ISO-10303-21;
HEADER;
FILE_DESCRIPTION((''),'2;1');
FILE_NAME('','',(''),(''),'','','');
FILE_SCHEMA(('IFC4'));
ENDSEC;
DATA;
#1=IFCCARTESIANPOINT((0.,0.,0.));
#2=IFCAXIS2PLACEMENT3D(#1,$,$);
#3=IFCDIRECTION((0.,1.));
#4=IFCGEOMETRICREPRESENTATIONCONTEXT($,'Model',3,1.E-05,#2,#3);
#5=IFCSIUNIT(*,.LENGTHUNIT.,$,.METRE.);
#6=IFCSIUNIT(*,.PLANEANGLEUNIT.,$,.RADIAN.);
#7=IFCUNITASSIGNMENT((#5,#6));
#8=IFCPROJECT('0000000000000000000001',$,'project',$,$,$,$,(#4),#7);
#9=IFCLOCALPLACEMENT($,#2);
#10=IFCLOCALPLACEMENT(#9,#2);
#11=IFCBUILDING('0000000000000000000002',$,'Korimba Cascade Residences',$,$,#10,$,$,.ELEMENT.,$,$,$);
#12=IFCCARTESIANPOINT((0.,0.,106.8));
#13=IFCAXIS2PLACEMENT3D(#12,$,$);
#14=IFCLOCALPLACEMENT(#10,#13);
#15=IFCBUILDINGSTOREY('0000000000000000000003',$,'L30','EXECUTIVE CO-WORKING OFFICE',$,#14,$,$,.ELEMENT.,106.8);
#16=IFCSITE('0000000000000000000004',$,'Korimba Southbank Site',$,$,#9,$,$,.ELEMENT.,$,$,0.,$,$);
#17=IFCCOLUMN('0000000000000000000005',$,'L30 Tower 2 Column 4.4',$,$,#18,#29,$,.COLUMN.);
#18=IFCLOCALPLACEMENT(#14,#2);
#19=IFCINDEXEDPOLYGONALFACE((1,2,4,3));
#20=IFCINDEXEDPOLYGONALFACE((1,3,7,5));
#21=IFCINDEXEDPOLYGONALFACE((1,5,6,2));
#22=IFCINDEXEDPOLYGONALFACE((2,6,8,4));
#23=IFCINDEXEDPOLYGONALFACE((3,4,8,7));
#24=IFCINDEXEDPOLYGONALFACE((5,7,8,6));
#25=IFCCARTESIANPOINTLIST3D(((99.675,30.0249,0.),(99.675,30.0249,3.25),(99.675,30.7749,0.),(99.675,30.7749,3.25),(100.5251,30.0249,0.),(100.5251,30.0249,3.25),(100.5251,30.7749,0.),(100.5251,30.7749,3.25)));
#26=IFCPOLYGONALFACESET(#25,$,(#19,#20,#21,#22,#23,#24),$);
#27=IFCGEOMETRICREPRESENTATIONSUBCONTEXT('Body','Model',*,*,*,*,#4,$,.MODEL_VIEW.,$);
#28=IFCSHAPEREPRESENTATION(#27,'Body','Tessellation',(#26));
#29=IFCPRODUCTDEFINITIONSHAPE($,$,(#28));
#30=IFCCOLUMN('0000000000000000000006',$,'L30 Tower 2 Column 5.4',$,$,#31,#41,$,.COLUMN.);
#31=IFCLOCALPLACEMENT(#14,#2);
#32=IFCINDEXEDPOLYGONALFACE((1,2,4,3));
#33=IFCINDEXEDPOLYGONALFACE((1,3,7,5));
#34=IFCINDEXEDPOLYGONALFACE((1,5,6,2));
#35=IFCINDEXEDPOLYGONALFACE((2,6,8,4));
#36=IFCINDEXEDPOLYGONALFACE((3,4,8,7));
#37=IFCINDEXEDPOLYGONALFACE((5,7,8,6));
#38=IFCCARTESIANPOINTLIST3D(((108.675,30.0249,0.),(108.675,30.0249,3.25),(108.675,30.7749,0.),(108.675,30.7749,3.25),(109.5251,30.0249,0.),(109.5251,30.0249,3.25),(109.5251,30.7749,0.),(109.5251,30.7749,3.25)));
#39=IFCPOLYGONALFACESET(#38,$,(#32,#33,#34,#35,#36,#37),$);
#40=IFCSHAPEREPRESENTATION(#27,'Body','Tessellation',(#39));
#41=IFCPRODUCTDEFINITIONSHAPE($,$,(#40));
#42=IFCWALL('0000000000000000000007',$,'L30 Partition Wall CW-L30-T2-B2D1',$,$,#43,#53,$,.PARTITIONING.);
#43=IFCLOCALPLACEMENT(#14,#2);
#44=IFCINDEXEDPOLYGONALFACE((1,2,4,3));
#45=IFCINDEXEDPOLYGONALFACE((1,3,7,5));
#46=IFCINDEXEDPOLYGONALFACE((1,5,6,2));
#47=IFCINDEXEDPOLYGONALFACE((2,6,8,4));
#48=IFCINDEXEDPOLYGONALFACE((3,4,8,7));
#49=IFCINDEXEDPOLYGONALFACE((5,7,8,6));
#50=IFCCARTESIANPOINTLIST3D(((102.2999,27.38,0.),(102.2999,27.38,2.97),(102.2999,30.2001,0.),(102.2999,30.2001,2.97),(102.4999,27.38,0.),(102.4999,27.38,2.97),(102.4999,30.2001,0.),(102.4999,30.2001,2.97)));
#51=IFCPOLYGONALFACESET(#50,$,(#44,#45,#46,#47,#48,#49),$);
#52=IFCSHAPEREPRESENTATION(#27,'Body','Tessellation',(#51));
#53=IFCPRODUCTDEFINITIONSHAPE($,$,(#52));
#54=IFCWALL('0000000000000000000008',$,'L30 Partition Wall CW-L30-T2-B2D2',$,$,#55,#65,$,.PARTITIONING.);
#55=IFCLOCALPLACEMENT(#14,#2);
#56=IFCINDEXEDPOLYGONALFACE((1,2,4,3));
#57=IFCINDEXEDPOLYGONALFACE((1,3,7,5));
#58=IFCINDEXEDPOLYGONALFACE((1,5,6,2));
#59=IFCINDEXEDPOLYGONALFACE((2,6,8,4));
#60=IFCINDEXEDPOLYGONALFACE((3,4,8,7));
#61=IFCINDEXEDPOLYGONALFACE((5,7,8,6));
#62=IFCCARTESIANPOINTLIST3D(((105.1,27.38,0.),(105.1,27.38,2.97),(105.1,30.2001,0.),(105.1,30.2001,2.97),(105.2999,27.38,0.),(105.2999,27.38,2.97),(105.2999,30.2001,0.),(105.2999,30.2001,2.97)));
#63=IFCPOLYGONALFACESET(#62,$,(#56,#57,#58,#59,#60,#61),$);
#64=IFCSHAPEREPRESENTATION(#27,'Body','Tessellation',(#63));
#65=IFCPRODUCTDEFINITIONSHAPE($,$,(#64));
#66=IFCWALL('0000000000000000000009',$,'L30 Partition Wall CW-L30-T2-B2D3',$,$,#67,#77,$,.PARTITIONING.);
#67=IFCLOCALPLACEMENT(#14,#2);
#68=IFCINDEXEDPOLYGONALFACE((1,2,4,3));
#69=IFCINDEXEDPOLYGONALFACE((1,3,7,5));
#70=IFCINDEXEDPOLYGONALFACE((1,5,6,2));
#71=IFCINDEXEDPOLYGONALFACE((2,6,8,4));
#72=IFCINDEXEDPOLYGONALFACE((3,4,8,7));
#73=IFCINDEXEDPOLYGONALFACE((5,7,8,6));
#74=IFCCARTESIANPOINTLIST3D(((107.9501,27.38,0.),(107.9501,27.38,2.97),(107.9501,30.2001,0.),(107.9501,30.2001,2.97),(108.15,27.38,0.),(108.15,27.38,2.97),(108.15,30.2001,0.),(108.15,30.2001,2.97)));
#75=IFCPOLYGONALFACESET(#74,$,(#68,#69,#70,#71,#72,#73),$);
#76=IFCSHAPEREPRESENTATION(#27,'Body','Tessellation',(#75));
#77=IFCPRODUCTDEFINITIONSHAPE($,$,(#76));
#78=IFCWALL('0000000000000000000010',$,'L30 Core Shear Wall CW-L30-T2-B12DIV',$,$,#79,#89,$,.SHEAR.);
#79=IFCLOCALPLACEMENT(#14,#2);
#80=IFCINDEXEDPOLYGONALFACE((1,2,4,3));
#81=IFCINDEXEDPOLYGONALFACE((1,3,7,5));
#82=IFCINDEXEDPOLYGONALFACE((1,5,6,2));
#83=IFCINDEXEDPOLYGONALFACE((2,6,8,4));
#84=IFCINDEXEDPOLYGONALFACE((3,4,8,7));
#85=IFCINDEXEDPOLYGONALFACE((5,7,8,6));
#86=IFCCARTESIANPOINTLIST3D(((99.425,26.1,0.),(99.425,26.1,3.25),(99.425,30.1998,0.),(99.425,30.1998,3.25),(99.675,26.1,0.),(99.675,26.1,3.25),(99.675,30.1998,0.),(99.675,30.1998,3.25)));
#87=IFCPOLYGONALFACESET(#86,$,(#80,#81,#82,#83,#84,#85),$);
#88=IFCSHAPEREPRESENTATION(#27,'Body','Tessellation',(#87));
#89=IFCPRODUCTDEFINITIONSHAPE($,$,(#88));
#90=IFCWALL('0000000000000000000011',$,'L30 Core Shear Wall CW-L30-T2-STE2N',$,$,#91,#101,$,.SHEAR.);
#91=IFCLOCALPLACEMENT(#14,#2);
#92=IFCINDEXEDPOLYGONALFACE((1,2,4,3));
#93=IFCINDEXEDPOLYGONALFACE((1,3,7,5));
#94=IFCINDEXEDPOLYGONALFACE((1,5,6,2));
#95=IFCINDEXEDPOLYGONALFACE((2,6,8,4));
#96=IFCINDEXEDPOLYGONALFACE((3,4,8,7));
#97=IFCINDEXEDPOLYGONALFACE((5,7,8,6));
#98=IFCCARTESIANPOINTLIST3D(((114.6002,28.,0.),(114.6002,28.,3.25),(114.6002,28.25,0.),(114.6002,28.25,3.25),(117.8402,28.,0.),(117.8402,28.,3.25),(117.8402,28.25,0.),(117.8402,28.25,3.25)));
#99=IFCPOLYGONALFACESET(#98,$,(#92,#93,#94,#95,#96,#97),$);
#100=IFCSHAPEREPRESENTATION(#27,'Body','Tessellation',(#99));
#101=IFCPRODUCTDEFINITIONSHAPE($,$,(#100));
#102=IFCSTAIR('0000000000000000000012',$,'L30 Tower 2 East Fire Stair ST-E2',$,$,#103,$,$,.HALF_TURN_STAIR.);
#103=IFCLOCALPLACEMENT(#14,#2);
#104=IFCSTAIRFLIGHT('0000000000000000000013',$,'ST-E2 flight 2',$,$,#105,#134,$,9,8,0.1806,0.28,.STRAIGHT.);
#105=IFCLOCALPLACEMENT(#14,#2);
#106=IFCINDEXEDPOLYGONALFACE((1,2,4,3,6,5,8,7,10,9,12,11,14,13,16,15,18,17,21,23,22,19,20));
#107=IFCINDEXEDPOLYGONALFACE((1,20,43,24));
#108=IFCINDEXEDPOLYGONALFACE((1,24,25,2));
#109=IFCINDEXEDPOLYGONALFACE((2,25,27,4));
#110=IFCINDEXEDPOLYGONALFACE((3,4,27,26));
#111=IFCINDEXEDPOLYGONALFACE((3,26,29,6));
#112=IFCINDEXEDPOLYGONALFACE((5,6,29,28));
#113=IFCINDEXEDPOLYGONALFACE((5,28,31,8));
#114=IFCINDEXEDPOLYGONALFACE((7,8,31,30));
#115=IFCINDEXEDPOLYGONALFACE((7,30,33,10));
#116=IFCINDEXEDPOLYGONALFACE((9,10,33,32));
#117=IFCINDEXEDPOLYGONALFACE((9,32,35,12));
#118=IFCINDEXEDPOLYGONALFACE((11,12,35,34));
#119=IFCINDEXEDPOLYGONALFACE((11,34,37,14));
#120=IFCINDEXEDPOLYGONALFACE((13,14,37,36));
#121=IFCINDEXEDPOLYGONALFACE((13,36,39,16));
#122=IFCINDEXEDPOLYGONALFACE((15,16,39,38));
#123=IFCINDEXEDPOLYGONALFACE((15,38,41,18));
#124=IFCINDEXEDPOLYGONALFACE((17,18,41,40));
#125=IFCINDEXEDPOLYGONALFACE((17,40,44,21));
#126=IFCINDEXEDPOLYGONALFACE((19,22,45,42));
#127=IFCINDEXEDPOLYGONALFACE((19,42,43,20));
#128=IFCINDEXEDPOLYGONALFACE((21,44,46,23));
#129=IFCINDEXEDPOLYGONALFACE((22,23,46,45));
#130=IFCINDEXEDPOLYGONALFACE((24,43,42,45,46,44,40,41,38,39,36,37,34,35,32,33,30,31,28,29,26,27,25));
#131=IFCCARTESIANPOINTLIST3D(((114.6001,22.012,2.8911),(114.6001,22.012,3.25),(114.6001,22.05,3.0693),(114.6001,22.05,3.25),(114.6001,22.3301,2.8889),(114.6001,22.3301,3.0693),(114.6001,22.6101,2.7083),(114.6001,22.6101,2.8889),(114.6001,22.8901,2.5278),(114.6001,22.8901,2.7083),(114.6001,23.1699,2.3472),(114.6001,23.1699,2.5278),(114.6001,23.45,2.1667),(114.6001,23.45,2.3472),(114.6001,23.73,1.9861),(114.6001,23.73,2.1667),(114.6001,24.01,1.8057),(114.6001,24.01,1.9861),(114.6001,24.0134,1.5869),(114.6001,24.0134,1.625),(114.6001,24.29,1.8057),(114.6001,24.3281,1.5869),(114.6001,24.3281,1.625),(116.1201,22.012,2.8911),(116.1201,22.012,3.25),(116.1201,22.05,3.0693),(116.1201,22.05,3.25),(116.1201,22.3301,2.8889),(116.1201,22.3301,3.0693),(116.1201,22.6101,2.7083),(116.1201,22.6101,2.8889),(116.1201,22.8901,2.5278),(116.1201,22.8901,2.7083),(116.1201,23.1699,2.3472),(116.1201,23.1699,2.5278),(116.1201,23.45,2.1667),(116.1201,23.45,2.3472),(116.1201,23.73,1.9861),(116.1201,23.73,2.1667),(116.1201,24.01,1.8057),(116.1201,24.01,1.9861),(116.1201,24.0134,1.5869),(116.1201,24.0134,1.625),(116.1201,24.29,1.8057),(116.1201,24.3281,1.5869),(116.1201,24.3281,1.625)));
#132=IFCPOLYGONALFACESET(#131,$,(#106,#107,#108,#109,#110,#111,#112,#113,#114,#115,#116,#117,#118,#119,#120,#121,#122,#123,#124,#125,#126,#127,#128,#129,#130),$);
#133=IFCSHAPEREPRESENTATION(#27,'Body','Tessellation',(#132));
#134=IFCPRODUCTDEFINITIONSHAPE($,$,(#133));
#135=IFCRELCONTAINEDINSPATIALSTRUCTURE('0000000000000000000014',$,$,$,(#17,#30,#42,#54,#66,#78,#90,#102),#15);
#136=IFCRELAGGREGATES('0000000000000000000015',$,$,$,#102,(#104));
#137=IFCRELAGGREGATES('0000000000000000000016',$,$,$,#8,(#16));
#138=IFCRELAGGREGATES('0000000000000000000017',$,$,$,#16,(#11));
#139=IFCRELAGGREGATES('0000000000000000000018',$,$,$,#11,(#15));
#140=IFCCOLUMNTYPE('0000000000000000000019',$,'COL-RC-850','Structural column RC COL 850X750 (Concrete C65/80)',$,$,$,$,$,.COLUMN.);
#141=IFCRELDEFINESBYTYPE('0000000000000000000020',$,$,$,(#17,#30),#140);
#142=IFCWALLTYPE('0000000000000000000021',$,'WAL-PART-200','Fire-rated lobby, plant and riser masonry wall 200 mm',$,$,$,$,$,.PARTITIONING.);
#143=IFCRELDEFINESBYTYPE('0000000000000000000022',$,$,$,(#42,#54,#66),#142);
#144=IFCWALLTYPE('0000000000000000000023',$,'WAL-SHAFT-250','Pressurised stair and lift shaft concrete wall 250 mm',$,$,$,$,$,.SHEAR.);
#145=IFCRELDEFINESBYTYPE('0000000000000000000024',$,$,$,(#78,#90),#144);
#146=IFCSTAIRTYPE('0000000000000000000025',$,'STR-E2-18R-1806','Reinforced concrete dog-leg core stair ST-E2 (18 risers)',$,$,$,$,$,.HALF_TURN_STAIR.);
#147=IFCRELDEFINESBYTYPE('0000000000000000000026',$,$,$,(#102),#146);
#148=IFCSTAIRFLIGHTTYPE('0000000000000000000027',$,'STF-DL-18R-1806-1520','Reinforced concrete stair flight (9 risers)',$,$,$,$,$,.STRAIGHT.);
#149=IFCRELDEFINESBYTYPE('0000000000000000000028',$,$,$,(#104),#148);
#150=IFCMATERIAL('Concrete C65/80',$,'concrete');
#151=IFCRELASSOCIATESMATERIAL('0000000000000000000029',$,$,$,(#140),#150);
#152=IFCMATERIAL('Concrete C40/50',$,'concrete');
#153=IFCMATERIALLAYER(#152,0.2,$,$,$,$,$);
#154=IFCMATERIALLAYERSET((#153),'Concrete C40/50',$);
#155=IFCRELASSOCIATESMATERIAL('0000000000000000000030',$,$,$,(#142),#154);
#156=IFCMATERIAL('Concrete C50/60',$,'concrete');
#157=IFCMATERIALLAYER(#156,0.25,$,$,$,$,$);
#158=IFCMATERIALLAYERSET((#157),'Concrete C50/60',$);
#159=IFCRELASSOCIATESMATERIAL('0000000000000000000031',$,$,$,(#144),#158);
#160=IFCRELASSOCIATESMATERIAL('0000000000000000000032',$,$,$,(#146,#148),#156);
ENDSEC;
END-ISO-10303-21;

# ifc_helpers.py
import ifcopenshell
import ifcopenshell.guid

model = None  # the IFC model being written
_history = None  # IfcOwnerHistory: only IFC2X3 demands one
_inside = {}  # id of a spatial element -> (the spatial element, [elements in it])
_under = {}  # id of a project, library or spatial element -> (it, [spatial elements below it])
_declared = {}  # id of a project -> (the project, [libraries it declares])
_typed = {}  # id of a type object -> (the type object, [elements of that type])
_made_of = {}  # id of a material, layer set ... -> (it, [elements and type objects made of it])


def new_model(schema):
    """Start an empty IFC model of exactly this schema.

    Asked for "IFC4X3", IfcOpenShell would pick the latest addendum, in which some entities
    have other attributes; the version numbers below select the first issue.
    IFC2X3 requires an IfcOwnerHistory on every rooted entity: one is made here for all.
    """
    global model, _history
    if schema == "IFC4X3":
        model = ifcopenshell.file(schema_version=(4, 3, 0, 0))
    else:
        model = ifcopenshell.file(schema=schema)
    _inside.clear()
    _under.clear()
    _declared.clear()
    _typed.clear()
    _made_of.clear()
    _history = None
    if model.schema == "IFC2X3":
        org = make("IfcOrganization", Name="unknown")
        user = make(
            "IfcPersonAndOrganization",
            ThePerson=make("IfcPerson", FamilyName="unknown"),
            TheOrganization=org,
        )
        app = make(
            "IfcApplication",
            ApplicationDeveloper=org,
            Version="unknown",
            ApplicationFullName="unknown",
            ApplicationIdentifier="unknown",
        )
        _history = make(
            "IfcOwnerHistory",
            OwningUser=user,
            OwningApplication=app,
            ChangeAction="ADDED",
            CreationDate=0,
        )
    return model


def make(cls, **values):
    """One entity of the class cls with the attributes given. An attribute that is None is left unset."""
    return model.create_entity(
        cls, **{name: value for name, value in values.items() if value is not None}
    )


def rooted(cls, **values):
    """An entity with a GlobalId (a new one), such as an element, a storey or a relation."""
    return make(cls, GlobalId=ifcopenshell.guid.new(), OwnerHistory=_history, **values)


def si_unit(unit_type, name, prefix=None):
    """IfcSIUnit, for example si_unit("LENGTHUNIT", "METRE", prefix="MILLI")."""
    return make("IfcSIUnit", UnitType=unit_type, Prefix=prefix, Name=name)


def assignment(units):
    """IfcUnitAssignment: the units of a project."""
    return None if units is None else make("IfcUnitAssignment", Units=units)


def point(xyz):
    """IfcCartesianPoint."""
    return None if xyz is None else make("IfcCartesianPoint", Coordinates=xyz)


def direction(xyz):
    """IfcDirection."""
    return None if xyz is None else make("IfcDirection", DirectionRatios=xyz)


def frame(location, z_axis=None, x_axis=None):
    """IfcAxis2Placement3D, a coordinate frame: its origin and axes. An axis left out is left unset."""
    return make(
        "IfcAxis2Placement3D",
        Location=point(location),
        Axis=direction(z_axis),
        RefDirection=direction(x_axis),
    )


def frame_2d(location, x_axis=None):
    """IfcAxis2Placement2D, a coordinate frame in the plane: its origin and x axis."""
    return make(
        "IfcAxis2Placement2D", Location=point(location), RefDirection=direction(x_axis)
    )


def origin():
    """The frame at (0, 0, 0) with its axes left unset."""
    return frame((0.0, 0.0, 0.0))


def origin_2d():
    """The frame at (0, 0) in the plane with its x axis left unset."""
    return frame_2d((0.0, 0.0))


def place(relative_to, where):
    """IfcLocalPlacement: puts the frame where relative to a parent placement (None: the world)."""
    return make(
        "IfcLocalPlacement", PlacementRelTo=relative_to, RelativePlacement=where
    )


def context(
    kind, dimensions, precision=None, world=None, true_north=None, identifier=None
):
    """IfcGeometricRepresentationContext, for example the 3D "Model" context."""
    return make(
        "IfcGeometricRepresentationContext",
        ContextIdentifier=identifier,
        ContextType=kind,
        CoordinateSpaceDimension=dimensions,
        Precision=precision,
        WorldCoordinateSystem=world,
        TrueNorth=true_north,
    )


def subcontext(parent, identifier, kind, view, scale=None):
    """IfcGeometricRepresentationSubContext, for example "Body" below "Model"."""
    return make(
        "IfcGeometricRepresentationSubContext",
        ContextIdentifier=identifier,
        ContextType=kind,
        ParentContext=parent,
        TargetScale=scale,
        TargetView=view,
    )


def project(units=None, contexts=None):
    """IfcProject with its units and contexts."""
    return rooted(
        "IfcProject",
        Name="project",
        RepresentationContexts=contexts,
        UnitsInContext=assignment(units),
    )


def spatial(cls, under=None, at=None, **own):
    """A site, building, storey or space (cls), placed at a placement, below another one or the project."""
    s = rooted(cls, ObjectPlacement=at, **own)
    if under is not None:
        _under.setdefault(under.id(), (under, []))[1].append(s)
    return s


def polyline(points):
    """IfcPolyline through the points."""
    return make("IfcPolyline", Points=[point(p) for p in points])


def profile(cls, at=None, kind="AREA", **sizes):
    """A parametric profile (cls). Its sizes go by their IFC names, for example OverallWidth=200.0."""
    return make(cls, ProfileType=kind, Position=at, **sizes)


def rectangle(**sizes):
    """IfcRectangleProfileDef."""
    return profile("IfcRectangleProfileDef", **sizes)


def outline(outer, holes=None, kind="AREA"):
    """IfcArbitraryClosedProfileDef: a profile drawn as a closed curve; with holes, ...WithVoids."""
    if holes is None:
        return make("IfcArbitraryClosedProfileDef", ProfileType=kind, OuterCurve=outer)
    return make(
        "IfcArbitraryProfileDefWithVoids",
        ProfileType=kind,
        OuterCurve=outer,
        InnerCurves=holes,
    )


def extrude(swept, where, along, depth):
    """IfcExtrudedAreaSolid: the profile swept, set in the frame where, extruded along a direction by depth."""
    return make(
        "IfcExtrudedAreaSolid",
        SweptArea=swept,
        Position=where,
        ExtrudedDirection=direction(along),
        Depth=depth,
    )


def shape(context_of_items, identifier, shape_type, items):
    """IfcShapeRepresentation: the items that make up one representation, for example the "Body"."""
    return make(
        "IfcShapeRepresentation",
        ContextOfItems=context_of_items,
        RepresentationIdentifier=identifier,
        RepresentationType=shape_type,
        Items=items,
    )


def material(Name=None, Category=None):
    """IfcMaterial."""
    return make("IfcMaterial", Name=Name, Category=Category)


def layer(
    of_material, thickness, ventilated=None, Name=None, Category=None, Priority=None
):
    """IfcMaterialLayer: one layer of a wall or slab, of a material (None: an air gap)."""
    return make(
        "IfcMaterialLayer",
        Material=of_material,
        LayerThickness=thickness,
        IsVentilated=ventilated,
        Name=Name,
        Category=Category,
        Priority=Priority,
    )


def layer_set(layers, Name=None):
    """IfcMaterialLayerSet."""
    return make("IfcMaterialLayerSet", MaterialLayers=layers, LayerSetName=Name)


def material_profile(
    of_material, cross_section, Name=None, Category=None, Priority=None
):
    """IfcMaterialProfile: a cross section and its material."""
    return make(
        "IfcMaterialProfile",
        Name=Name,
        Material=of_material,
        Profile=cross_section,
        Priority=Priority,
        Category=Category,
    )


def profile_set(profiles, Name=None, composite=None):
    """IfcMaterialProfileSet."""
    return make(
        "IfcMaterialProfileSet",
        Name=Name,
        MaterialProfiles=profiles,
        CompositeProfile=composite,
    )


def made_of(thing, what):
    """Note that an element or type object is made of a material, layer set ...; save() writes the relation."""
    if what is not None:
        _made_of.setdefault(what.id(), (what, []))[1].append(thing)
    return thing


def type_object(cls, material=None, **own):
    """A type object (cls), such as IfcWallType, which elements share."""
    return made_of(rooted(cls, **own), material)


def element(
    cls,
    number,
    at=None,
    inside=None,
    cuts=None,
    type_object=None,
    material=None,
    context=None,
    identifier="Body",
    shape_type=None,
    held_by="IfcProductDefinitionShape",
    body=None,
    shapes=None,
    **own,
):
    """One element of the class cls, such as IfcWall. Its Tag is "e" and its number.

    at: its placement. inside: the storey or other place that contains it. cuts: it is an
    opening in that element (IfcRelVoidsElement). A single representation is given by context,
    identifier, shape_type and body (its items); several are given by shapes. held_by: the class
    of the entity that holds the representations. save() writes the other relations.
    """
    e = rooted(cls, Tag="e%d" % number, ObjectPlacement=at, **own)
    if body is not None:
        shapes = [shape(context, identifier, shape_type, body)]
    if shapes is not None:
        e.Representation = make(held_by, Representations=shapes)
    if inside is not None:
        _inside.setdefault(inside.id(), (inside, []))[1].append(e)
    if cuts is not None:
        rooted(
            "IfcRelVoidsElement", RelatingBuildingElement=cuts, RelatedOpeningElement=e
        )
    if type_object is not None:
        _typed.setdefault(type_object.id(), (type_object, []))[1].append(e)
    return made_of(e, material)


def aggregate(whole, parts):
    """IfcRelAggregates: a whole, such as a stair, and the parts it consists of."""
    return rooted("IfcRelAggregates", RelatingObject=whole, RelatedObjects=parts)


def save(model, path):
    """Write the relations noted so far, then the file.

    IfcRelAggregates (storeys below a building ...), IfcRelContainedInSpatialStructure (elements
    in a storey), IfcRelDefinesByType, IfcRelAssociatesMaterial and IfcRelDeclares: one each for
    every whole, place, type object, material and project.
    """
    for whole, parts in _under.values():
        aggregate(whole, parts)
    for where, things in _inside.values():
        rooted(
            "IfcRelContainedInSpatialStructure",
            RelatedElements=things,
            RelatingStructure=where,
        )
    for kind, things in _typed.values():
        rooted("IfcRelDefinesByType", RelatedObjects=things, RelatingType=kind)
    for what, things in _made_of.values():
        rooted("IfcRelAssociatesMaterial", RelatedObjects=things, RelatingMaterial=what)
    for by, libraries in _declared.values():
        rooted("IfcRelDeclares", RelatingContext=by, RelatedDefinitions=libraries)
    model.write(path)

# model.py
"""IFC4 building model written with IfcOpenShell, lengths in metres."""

from ifc_helpers import new_model, si_unit, direction, frame, frame_2d, origin, origin_2d, place, context, subcontext, project, spatial, polyline, rectangle, outline, extrude, material, layer, layer_set, material_profile, profile_set, type_object, element, aggregate, save


model = new_model("IFC4")

# Units and contexts
model_context = context("Model", 3, precision=1e-05, world=origin(), true_north=direction((0.0, 1.0)))
body_context = subcontext(model_context, "Body", "Model", "MODEL_VIEW")
ifc_project = project(units=[si_unit("LENGTHUNIT", "METRE"), si_unit("PLANEANGLEUNIT", "RADIAN")], contexts=[model_context])

# Site, building, storey
site_placement = place(None, origin())
site = spatial("IfcSite", under=ifc_project, at=site_placement, Name="Korimba Southbank Site", CompositionType="ELEMENT", RefElevation=0.0)
building_placement = place(site_placement, origin())
building = spatial("IfcBuilding", under=site, at=building_placement, Name="Korimba Cascade Residences", CompositionType="ELEMENT")
storey_placement = place(building_placement, frame((0.0, 0.0, 106.8)))
storey = spatial("IfcBuildingStorey", under=building, at=storey_placement, Name="L30", Description="EXECUTIVE CO-WORKING OFFICE", CompositionType="ELEMENT", Elevation=106.8)

# Columns
ifc_material_1 = material(Name="Concrete C65/80", Category="concrete")
ifc_material_profile = material_profile(ifc_material_1, rectangle(XDim=0.8501, YDim=0.75, at=origin_2d()), Name="Concrete C65/80")
ifc_profile_set = profile_set([ifc_material_profile], Name="Concrete C65/80")
column_type = type_object("IfcColumnType", Name="COL-RC-850", Description="Structural column RC COL 850X750 (Concrete C65/80)", PredefinedType="COLUMN", material=ifc_profile_set)
for number, where, z_axis, x_axis, name in (
    (1, (100.1001, 30.3999, 0.0), (0.0, 0.0, 1.0), (1.0, 0.0, 0.0), "L30 Tower 2 Column 4.4"),
    (2, (109.1001, 30.3999, 0.0), (0.0, 0.0, 1.0), (1.0, 0.0, 0.0), "L30 Tower 2 Column 5.4"),
):
    element("IfcColumn", number, at=place(storey_placement, frame(where, z_axis=z_axis, x_axis=x_axis)), inside=storey, type_object=column_type, Name=name, PredefinedType="COLUMN", context=body_context, shape_type="SweptSolid", body=[
        extrude(rectangle(XDim=0.8501, YDim=0.75, at=origin_2d()), origin(), (0.0, 0.0, 1.0), 3.25),
    ])

# Walls
ifc_material_2 = material(Name="Concrete C40/50", Category="concrete")
ifc_layer_1 = layer(ifc_material_2, 0.2)
ifc_layer_set_1 = layer_set([ifc_layer_1], Name="Concrete C40/50")
wall_type_1 = type_object("IfcWallType", Name="WAL-PART-200", Description="Fire-rated lobby, plant and riser masonry wall 200 mm", PredefinedType="PARTITIONING", material=ifc_layer_set_1)
for number, where, z_axis, x_axis, name in (
    (3, (102.3999, 27.3799, 0.0), (0.0, 0.0, 1.0), (0.0, 1.0, 0.0), "L30 Partition Wall CW-L30-T2-B2D1"),
    (4, (105.2, 27.3799, 0.0), (0.0, 0.0, 1.0), (0.0, 1.0, 0.0), "L30 Partition Wall CW-L30-T2-B2D2"),
    (5, (108.05, 27.3799, 0.0), (0.0, 0.0, 1.0), (0.0, 1.0, 0.0), "L30 Partition Wall CW-L30-T2-B2D3"),
):
    element("IfcWall", number, at=place(storey_placement, frame(where, z_axis=z_axis, x_axis=x_axis)), inside=storey, type_object=wall_type_1, Name=name, PredefinedType="PARTITIONING", context=body_context, shape_type="SweptSolid", body=[
        extrude(rectangle(XDim=2.8201, YDim=0.2, at=frame_2d((1.4102, 0.0))), origin(), (0.0, 0.0, 1.0), 2.97),
    ])
ifc_material_3 = material(Name="Concrete C50/60", Category="concrete")
ifc_layer_2 = layer(ifc_material_3, 0.25)
ifc_layer_set_2 = layer_set([ifc_layer_2], Name="Concrete C50/60")
wall_type_2 = type_object("IfcWallType", Name="WAL-SHAFT-250", Description="Pressurised stair and lift shaft concrete wall 250 mm", PredefinedType="SHEAR", material=ifc_layer_set_2)
wall_1_placement = place(storey_placement, frame((99.55, 26.1001, 0.0), z_axis=(0.0, 0.0, 1.0), x_axis=(0.0, 1.0, 0.0)))
element("IfcWall", 6, at=wall_1_placement, inside=storey, type_object=wall_type_2, Name="L30 Core Shear Wall CW-L30-T2-B12DIV", PredefinedType="SHEAR", context=body_context, shape_type="SweptSolid", body=[
    extrude(rectangle(XDim=4.0999, YDim=0.25, at=frame_2d((2.0498, 0.0))), origin(), (0.0, 0.0, 1.0), 3.25),
])

# Wall
wall_2_placement = place(storey_placement, frame((114.6001, 28.125, 0.0), z_axis=(0.0, 0.0, 1.0), x_axis=(1.0, 0.0, 0.0)))
element("IfcWall", 7, at=wall_2_placement, inside=storey, type_object=wall_type_2, Name="L30 Core Shear Wall CW-L30-T2-STE2N", PredefinedType="SHEAR", context=body_context, shape_type="SweptSolid", body=[
    extrude(rectangle(XDim=3.24, YDim=0.25, at=frame_2d((1.6201, 0.0))), origin(), (0.0, 0.0, 1.0), 3.25),
])

# Stair, stair flight
stair_type = type_object("IfcStairType", Name="STR-E2-18R-1806", Description="Reinforced concrete dog-leg core stair ST-E2 (18 risers)", PredefinedType="HALF_TURN_STAIR", material=ifc_material_3)
stair_placement = place(storey_placement, origin())
stair = element("IfcStair", 8, at=stair_placement, inside=storey, type_object=stair_type, Name="L30 Tower 2 East Fire Stair ST-E2", PredefinedType="HALF_TURN_STAIR")
stair_flight_type = type_object("IfcStairFlightType", Name="STF-DL-18R-1806-1520", Description="Reinforced concrete stair flight (9 risers)", PredefinedType="STRAIGHT", material=ifc_material_3)
stair_flight_placement = place(storey_placement, frame((115.3601, 24.29, 1.625), z_axis=(0.0, 0.0, 1.0), x_axis=(0.0, -1.0, 0.0)))
stair_flight = element("IfcStairFlight", 9, at=stair_flight_placement, type_object=stair_flight_type, Name="ST-E2 flight 2", NumberOfRisers=9, NumberOfTreads=8, PredefinedType="STRAIGHT", RiserHeight=0.1806, TreadLength=0.28, context=body_context, shape_type="SweptSolid", body=[
    extrude(outline(polyline([(-0.0381, 0.0), (0.0, 0.1807), (0.28, 0.1807), (0.28, 0.3611), (0.5601, 0.3611), (0.5601, 0.5417), (0.8401, 0.5417), (0.8401, 0.7222), (1.1201, 0.7222), (1.1201, 0.9028), (1.3999, 0.9028), (1.3999, 1.0833), (1.6799, 1.0833), (1.6799, 1.2639), (1.96, 1.2639), (1.96, 1.4443), (2.24, 1.4443), (2.24, 1.625), (2.2781, 1.625), (2.2781, 1.2661), (0.2766, 0.0), (0.2766, -0.0381), (-0.0381, -0.0381), (-0.0381, 0.0)])), frame((0.0, 0.76, 0.0), z_axis=(0.0, -1.0, 0.0), x_axis=(1.0, 0.0, 0.0)), (0.0, 0.0, 1.0), 1.52),
])
aggregate(stair, [stair_flight])

save(model, "model.ifc")
